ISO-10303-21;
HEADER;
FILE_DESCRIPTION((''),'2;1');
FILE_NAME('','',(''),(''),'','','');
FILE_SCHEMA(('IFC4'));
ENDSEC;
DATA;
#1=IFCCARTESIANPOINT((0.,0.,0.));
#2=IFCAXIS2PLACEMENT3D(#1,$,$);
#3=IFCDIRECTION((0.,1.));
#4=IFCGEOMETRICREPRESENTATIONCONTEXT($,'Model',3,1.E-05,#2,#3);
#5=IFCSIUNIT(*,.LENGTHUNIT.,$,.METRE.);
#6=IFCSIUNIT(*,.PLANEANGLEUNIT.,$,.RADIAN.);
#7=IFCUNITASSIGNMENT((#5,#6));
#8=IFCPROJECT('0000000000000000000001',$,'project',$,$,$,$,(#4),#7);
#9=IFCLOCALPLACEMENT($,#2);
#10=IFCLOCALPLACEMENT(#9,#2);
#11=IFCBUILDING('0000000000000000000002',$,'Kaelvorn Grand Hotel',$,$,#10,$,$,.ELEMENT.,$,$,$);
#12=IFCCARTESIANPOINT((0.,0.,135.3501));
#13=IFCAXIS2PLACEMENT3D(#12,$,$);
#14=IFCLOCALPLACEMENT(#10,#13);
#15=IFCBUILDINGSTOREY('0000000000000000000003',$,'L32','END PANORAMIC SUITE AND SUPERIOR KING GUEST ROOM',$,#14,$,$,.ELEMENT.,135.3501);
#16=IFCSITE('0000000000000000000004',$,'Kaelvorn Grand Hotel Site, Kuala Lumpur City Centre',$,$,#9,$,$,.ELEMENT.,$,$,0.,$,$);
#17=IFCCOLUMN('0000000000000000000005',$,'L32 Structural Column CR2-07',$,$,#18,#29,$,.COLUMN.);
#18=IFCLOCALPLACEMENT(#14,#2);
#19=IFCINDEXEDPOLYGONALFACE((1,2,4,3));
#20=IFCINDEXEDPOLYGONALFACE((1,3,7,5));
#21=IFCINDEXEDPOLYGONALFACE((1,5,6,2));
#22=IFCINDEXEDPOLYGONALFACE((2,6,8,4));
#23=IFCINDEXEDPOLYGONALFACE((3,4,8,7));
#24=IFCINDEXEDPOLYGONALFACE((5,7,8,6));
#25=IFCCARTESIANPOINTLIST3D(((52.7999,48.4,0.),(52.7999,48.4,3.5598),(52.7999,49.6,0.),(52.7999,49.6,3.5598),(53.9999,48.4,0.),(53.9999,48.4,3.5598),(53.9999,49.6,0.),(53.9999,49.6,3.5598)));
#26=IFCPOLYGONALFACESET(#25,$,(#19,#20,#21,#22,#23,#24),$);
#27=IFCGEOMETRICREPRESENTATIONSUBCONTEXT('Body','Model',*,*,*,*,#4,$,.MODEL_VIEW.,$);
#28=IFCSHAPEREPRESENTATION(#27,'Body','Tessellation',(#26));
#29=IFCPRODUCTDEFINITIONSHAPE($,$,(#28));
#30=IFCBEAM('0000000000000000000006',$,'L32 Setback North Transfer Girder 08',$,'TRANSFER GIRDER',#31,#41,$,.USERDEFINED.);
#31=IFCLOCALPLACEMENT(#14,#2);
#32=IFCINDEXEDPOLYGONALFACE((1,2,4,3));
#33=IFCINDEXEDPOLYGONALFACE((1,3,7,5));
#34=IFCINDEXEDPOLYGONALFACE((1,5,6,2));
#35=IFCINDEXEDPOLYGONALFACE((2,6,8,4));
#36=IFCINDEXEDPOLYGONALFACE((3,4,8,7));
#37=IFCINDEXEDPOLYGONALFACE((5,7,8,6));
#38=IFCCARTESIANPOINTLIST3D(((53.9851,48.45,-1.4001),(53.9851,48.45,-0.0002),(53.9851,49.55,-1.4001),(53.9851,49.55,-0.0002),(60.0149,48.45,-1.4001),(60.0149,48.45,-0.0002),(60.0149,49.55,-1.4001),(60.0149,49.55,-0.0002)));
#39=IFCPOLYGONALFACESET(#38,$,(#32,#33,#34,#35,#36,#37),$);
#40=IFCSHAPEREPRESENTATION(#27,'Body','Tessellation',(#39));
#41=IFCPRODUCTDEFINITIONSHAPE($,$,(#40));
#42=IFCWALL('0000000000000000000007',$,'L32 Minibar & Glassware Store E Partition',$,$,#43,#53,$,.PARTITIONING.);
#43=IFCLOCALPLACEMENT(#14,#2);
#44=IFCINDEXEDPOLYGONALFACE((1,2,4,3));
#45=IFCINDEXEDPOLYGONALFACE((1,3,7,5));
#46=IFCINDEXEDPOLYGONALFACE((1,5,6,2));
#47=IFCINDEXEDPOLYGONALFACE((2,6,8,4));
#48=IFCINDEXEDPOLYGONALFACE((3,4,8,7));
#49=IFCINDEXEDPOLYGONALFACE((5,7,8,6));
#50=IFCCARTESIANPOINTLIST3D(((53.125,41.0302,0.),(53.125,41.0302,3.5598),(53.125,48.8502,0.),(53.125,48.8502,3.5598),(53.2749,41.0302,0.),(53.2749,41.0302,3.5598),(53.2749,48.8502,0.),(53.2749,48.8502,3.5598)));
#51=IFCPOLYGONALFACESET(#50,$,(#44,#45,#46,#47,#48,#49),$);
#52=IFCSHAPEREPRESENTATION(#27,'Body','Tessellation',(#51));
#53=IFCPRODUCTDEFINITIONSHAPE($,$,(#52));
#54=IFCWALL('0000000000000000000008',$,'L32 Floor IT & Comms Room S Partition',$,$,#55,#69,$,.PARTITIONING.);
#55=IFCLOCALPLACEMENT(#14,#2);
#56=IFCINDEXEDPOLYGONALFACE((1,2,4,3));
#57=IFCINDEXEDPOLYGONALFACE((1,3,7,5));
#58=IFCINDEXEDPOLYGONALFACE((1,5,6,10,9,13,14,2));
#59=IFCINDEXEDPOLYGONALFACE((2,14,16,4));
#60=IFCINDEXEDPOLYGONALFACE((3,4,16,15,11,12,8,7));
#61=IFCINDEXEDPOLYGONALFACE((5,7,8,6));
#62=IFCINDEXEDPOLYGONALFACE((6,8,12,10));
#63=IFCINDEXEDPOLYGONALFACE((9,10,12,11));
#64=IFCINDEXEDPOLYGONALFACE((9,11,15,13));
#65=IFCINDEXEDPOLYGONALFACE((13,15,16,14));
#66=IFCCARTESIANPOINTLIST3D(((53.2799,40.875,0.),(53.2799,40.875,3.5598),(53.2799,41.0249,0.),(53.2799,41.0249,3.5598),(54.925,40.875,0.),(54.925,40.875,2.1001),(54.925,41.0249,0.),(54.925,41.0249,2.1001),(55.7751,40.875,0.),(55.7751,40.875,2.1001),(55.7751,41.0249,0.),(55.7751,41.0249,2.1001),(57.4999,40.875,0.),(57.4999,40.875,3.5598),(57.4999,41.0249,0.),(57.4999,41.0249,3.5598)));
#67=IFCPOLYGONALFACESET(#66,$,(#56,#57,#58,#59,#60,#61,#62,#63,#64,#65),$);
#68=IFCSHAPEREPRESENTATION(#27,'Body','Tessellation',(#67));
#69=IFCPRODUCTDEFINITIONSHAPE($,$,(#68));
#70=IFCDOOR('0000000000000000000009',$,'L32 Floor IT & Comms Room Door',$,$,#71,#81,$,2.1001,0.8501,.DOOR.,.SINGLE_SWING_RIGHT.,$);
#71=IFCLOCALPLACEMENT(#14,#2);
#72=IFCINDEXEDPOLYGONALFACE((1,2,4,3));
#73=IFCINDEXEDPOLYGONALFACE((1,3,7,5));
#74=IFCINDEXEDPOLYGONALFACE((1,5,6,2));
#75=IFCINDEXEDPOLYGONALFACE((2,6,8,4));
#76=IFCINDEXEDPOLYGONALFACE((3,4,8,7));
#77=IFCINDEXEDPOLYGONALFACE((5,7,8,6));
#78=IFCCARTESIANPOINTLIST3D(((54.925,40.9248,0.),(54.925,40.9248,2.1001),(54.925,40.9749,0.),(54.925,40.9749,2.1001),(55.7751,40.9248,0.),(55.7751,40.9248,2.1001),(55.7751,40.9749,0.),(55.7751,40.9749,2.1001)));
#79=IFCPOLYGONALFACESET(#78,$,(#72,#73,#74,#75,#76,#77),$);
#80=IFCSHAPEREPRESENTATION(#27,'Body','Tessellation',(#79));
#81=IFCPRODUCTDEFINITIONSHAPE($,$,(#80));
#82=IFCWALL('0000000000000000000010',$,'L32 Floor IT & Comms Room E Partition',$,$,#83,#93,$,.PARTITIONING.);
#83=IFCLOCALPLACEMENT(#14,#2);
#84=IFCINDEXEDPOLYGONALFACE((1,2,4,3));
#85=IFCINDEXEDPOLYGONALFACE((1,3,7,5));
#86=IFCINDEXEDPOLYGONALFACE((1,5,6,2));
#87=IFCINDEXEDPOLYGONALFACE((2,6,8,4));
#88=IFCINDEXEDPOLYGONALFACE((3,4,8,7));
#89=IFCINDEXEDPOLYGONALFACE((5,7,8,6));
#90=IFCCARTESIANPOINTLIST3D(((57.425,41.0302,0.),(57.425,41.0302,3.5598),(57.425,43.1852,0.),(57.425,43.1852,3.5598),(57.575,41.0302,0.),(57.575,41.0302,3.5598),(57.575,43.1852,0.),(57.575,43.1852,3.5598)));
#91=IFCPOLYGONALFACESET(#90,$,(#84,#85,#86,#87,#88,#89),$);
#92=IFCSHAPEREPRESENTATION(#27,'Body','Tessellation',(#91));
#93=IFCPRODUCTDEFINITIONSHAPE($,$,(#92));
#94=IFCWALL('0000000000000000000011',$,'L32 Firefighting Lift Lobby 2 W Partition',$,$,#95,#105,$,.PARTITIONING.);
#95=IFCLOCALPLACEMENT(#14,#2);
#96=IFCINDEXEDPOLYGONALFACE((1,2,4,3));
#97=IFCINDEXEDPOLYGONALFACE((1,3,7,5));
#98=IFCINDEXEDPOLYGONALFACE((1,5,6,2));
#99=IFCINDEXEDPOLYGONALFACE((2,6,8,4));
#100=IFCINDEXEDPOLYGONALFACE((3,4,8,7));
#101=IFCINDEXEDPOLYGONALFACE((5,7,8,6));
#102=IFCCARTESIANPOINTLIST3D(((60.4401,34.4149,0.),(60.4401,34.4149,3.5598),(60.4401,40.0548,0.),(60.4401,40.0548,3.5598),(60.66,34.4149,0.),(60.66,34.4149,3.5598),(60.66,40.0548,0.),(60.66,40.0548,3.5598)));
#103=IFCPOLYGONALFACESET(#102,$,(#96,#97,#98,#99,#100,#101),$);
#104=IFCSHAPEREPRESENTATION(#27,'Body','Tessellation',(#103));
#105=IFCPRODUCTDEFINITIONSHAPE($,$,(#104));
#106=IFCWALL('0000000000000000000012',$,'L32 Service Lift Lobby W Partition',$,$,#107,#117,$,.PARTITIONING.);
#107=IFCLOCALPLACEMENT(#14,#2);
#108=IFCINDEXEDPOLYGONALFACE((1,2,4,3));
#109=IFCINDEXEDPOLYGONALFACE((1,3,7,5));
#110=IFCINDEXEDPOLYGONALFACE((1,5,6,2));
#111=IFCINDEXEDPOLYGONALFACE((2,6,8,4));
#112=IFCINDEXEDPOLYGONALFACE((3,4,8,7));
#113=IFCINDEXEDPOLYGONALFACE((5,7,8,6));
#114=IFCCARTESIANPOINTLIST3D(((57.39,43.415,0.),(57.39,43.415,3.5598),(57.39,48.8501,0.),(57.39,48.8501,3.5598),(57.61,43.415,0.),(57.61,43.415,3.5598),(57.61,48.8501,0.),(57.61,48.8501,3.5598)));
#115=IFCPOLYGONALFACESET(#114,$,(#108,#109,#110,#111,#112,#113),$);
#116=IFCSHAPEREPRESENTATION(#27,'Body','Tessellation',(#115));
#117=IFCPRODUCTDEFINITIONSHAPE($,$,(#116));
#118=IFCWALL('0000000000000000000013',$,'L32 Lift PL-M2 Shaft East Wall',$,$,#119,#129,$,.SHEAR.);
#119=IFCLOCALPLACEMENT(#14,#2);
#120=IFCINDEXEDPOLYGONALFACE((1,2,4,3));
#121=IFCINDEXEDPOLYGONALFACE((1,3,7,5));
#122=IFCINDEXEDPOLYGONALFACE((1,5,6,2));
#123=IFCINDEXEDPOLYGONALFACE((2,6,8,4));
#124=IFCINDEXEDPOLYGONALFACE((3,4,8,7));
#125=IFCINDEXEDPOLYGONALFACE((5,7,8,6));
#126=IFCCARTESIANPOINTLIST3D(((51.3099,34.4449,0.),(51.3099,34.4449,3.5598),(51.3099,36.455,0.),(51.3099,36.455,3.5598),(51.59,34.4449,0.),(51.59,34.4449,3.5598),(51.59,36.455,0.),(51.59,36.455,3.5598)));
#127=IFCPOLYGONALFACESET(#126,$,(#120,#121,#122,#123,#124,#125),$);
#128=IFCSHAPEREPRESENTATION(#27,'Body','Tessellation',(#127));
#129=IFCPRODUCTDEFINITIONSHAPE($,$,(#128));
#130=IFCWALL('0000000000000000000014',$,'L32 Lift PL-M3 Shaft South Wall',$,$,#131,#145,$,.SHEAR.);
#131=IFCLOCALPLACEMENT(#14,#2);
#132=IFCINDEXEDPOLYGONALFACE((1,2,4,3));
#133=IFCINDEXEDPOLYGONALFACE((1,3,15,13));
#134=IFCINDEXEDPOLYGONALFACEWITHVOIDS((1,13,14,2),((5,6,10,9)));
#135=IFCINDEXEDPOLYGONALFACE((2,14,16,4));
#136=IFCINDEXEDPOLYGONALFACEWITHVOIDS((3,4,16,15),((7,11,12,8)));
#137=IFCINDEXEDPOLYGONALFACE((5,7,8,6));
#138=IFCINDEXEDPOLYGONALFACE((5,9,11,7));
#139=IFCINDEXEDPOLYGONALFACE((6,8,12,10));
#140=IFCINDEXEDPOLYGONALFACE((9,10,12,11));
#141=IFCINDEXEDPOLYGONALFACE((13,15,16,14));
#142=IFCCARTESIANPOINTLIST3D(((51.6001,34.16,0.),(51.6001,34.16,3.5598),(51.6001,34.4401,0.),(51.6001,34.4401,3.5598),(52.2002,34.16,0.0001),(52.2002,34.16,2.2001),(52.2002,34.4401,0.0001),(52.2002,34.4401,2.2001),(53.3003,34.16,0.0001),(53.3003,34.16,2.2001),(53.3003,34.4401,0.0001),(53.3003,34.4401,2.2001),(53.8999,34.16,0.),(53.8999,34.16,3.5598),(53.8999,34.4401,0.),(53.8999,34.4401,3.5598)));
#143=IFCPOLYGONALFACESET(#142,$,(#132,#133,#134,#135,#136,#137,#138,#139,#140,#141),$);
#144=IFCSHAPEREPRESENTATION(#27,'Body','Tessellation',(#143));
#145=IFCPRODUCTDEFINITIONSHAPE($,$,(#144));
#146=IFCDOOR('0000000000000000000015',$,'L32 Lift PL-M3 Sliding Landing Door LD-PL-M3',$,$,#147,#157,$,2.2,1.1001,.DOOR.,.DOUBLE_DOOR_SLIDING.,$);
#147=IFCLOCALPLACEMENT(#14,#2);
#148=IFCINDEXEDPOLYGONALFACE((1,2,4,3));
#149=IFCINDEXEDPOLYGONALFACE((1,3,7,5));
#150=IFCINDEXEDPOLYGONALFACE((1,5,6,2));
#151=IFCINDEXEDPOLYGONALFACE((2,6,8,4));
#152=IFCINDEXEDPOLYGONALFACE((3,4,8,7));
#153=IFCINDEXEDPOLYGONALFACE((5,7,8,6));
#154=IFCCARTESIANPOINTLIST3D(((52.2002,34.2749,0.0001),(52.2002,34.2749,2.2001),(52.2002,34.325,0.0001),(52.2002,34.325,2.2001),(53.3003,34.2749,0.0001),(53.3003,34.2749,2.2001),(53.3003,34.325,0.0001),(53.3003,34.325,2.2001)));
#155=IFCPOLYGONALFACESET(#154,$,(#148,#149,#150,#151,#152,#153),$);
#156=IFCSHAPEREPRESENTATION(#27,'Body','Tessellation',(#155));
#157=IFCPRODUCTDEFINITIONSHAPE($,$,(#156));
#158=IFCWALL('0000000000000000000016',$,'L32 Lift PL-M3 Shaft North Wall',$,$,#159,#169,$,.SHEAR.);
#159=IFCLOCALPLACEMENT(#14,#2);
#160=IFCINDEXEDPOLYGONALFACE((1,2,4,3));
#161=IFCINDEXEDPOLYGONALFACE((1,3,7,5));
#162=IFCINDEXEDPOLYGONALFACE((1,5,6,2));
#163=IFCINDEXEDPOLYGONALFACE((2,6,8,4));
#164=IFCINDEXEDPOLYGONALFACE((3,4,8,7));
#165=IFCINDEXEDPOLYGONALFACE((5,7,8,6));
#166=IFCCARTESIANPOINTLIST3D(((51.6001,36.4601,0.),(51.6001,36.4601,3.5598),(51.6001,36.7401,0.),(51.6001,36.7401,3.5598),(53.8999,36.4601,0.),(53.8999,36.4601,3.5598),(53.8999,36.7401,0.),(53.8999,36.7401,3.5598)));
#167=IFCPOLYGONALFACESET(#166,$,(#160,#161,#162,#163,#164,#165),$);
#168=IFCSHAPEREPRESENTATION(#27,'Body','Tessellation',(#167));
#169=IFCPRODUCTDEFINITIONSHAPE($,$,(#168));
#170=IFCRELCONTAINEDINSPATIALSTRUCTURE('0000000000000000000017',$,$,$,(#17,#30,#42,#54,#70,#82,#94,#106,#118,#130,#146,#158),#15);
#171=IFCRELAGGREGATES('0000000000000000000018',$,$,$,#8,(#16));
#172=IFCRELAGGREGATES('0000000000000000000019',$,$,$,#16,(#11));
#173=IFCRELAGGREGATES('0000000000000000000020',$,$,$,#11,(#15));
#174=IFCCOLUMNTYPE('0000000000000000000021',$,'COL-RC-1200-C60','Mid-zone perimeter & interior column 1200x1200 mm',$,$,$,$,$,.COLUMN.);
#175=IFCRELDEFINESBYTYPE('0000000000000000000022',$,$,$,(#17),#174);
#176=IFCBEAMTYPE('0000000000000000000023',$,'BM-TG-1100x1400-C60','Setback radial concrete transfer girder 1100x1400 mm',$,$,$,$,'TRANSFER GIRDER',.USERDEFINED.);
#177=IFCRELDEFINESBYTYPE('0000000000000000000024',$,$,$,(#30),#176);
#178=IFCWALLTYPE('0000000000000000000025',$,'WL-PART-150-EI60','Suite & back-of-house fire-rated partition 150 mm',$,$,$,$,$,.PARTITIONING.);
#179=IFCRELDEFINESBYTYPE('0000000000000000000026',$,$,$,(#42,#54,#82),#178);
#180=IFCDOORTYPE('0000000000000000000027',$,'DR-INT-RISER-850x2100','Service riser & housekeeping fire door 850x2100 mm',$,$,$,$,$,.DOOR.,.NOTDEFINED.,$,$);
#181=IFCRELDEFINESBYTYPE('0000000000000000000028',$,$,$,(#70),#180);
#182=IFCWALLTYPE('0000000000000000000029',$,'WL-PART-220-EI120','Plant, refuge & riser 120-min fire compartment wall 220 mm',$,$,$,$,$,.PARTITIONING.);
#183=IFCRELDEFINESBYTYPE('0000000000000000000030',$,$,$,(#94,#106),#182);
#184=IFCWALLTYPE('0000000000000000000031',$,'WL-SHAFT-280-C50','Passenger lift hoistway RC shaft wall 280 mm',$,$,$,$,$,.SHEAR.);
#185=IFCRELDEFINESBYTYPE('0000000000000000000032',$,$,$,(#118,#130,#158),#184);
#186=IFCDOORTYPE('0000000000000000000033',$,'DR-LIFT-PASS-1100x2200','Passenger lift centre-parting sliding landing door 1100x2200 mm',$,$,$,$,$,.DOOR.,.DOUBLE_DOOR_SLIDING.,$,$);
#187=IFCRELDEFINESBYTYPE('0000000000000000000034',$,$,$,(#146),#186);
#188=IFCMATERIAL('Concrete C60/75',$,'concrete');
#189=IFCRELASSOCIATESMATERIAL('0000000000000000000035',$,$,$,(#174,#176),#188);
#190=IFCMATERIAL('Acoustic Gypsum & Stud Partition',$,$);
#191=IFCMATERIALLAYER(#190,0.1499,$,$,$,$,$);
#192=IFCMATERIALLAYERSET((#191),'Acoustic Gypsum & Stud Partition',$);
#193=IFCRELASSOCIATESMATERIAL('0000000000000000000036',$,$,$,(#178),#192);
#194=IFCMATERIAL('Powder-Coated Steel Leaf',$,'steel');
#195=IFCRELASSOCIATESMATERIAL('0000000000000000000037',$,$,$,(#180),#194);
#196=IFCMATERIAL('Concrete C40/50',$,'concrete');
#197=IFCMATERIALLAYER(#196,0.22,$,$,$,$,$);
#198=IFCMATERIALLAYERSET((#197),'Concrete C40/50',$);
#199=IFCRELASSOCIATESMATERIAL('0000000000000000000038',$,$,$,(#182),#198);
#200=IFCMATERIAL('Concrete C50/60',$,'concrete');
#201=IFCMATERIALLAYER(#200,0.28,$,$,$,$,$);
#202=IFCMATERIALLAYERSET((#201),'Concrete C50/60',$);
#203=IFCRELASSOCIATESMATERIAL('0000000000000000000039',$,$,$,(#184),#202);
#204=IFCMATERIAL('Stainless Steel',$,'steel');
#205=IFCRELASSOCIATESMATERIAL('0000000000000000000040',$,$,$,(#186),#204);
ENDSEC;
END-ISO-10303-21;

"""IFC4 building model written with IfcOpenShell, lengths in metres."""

from ifc_helpers import new_model, si_unit, direction, frame, frame_2d, origin, origin_2d, place, context, subcontext, project, spatial, rectangle, extrude, material, layer, layer_set, material_profile, profile_set, type_object, element, fill, save


model = new_model("IFC4")

# Units and contexts
model_context = context("Model", 3, precision=1e-05, world=origin(), true_north=direction((0.0, 1.0)))
body_context = subcontext(model_context, "Body", "Model", "MODEL_VIEW")
ifc_project = project(units=[si_unit("LENGTHUNIT", "METRE"), si_unit("PLANEANGLEUNIT", "RADIAN")], contexts=[model_context])

# Site, building, storey
site_placement = place(None, origin())
site = spatial("IfcSite", under=ifc_project, at=site_placement, Name="Kaelvorn Grand Hotel Site, Kuala Lumpur City Centre", CompositionType="ELEMENT", RefElevation=0.0)
building_placement = place(site_placement, origin())
building = spatial("IfcBuilding", under=site, at=building_placement, Name="Kaelvorn Grand Hotel", CompositionType="ELEMENT")
storey_placement = place(building_placement, frame((0.0, 0.0, 135.3501)))
storey = spatial("IfcBuildingStorey", under=building, at=storey_placement, Name="L32", Description="END PANORAMIC SUITE AND SUPERIOR KING GUEST ROOM", CompositionType="ELEMENT", Elevation=135.3501)

# Column
ifc_material_1 = material(Name="Concrete C60/75", Category="concrete")
ifc_material_profile_1 = material_profile(ifc_material_1, rectangle(XDim=1.2, YDim=1.2, at=origin_2d()), Name="RC COL 1200x1200")
ifc_profile_set_1 = profile_set([ifc_material_profile_1], Name="Concrete C60/75")
column_type = type_object("IfcColumnType", Name="COL-RC-1200-C60", Description="Mid-zone perimeter & interior column 1200x1200 mm", PredefinedType="COLUMN", material=ifc_profile_set_1)
column_placement = place(storey_placement, frame((53.3999, 49.0, 0.0), z_axis=(0.0, 0.0, 1.0), x_axis=(1.0, 0.0, 0.0)))
element("IfcColumn", 1, at=column_placement, inside=storey, type_object=column_type, Name="L32 Structural Column CR2-07", PredefinedType="COLUMN", context=body_context, shape_type="SweptSolid", body=[
    extrude(rectangle(XDim=1.2, YDim=1.2, at=origin_2d()), origin(), (0.0, 0.0, 1.0), 3.5598),
])

# Beam
ifc_material_profile_2 = material_profile(ifc_material_1, rectangle(XDim=1.1001, YDim=1.3999, at=origin_2d()), Name="RC TG 1100x1400")
ifc_profile_set_2 = profile_set([ifc_material_profile_2], Name="Concrete C60/75")
beam_type = type_object("IfcBeamType", Name="BM-TG-1100x1400-C60", Description="Setback radial concrete transfer girder 1100x1400 mm", ElementType="TRANSFER GIRDER", PredefinedType="USERDEFINED", material=ifc_profile_set_2)
beam_placement = place(storey_placement, frame((53.9851, 49.0, -0.7002), z_axis=(1.0, 0.0, 0.0), x_axis=(0.0, 1.0, 0.0)))
element("IfcBeam", 2, at=beam_placement, inside=storey, type_object=beam_type, Name="L32 Setback North Transfer Girder 08", ObjectType="TRANSFER GIRDER", PredefinedType="USERDEFINED", context=body_context, shape_type="SweptSolid", body=[
    extrude(rectangle(XDim=1.1001, YDim=1.3999, at=origin_2d()), origin(), (0.0, 0.0, 1.0), 6.0298),
])

# Wall
ifc_material_2 = material(Name="Acoustic Gypsum & Stud Partition")
ifc_layer_1 = layer(ifc_material_2, 0.1499)
ifc_layer_set_1 = layer_set([ifc_layer_1], Name="Acoustic Gypsum & Stud Partition")
wall_type_1 = type_object("IfcWallType", Name="WL-PART-150-EI60", Description="Suite & back-of-house fire-rated partition 150 mm", PredefinedType="PARTITIONING", material=ifc_layer_set_1)
wall_1_placement = place(storey_placement, frame((53.2, 41.03, 0.0), z_axis=(0.0, 0.0, 1.0), x_axis=(0.0, 1.0, 0.0)))
element("IfcWall", 3, at=wall_1_placement, inside=storey, type_object=wall_type_1, Name="L32 Minibar & Glassware Store E Partition", PredefinedType="PARTITIONING", context=body_context, shape_type="SweptSolid", body=[
    extrude(rectangle(XDim=7.8201, YDim=0.1499, at=frame_2d((3.9102, 0.0))), origin(), (0.0, 0.0, 1.0), 3.5598),
])

# Wall, opening, door
wall_2_placement = place(storey_placement, frame((53.28, 40.95, 0.0), z_axis=(0.0, 0.0, 1.0), x_axis=(1.0, 0.0, 0.0)))
wall_2 = element("IfcWall", 4, at=wall_2_placement, inside=storey, type_object=wall_type_1, Name="L32 Floor IT & Comms Room S Partition", PredefinedType="PARTITIONING", context=body_context, shape_type="SweptSolid", body=[
    extrude(rectangle(XDim=4.22, YDim=0.1499, at=frame_2d((2.1099, 0.0))), origin(), (0.0, 0.0, 1.0), 3.5598),
])
opening_1_placement = place(wall_2_placement, frame((1.645, 0.0, 0.0)))
opening_1 = element("IfcOpeningElement", 5, at=opening_1_placement, cuts=wall_2, PredefinedType="OPENING", context=body_context, shape_type="SweptSolid", body=[
    extrude(rectangle(XDim=0.8501, YDim=2.1001, at=frame_2d((0.425, 1.05))), frame((0.0, 0.085, 0.0), z_axis=(0.0, -1.0, 0.0), x_axis=(1.0, 0.0, 0.0)), (0.0, 0.0, 1.0), 0.1699),
])
ifc_material_3 = material(Name="Powder-Coated Steel Leaf", Category="steel")
door_type_1 = type_object("IfcDoorType", Name="DR-INT-RISER-850x2100", Description="Service riser & housekeeping fire door 850x2100 mm", OperationType="NOTDEFINED", PredefinedType="DOOR", material=ifc_material_3)
door_1_placement = place(opening_1_placement, origin())
door_1 = element("IfcDoor", 6, at=door_1_placement, inside=storey, type_object=door_type_1, Name="L32 Floor IT & Comms Room Door", OperationType="SINGLE_SWING_RIGHT", OverallHeight=2.1001, OverallWidth=0.8501, PredefinedType="DOOR", context=body_context, shape_type="SweptSolid", body=[
    extrude(rectangle(XDim=0.8501, YDim=2.1001, at=frame_2d((0.425, 1.05))), frame((0.0, 0.0249, 0.0), z_axis=(0.0, -1.0, 0.0), x_axis=(1.0, 0.0, 0.0)), (0.0, 0.0, 1.0), 0.05),
])
fill(opening_1, door_1)

# Wall
wall_3_placement = place(storey_placement, frame((57.5, 41.03, 0.0), z_axis=(0.0, 0.0, 1.0), x_axis=(0.0, 1.0, 0.0)))
element("IfcWall", 7, at=wall_3_placement, inside=storey, type_object=wall_type_1, Name="L32 Floor IT & Comms Room E Partition", PredefinedType="PARTITIONING", context=body_context, shape_type="SweptSolid", body=[
    extrude(rectangle(XDim=2.155, YDim=0.1499, at=frame_2d((1.0776, 0.0))), origin(), (0.0, 0.0, 1.0), 3.5598),
])

# Shared definitions
ifc_material_4 = material(Name="Concrete C40/50", Category="concrete")
ifc_layer_2 = layer(ifc_material_4, 0.22)
ifc_layer_set_2 = layer_set([ifc_layer_2], Name="Concrete C40/50")
wall_type_2 = type_object("IfcWallType", Name="WL-PART-220-EI120", Description="Plant, refuge & riser 120-min fire compartment wall 220 mm", PredefinedType="PARTITIONING", material=ifc_layer_set_2)

# Wall
wall_4_placement = place(storey_placement, frame((60.55, 34.415, 0.0), z_axis=(0.0, 0.0, 1.0), x_axis=(0.0, 1.0, 0.0)))
element("IfcWall", 8, at=wall_4_placement, inside=storey, type_object=wall_type_2, Name="L32 Firefighting Lift Lobby 2 W Partition", PredefinedType="PARTITIONING", context=body_context, shape_type="SweptSolid", body=[
    extrude(rectangle(XDim=5.6399, YDim=0.22, at=frame_2d((2.8198, 0.0))), origin(), (0.0, 0.0, 1.0), 3.5598),
])

# Walls
wall_5_placement = place(storey_placement, frame((57.5, 43.415, 0.0), z_axis=(0.0, 0.0, 1.0), x_axis=(0.0, 1.0, 0.0)))
element("IfcWall", 9, at=wall_5_placement, inside=storey, type_object=wall_type_2, Name="L32 Service Lift Lobby W Partition", PredefinedType="PARTITIONING", context=body_context, shape_type="SweptSolid", body=[
    extrude(rectangle(XDim=5.4351, YDim=0.22, at=frame_2d((2.7175, 0.0))), origin(), (0.0, 0.0, 1.0), 3.5598),
])
ifc_material_5 = material(Name="Concrete C50/60", Category="concrete")
ifc_layer_3 = layer(ifc_material_5, 0.28)
ifc_layer_set_3 = layer_set([ifc_layer_3], Name="Concrete C50/60")
wall_type_3 = type_object("IfcWallType", Name="WL-SHAFT-280-C50", Description="Passenger lift hoistway RC shaft wall 280 mm", PredefinedType="SHEAR", material=ifc_layer_set_3)
wall_6_placement = place(storey_placement, frame((51.45, 34.4451, 0.0), z_axis=(0.0, 0.0, 1.0), x_axis=(0.0, 1.0, 0.0)))
element("IfcWall", 10, at=wall_6_placement, inside=storey, type_object=wall_type_3, Name="L32 Lift PL-M2 Shaft East Wall", PredefinedType="SHEAR", context=body_context, shape_type="SweptSolid", body=[
    extrude(rectangle(XDim=2.01, YDim=0.28, at=frame_2d((1.0049, 0.0))), origin(), (0.0, 0.0, 1.0), 3.5598),
])

# Wall, opening, door
wall_7_placement = place(storey_placement, frame((51.6001, 34.3, 0.0), z_axis=(0.0, 0.0, 1.0), x_axis=(1.0, 0.0, 0.0)))
wall_7 = element("IfcWall", 11, at=wall_7_placement, inside=storey, type_object=wall_type_3, Name="L32 Lift PL-M3 Shaft South Wall", PredefinedType="SHEAR", context=body_context, shape_type="SweptSolid", body=[
    extrude(rectangle(XDim=2.2998, YDim=0.28, at=frame_2d((1.1499, 0.0))), origin(), (0.0, 0.0, 1.0), 3.5598),
])
opening_2_placement = place(wall_7_placement, frame((0.6001, 0.0, 0.0)))
opening_2 = element("IfcOpeningElement", 12, at=opening_2_placement, cuts=wall_7, PredefinedType="OPENING", context=body_context, shape_type="SweptSolid", body=[
    extrude(rectangle(XDim=1.1001, YDim=2.2, at=frame_2d((0.55, 1.1001))), frame((0.0, 0.1499, 0.0), z_axis=(0.0, -1.0, 0.0), x_axis=(1.0, 0.0, 0.0)), (0.0, 0.0, 1.0), 0.3),
])
ifc_material_6 = material(Name="Stainless Steel", Category="steel")
door_type_2 = type_object("IfcDoorType", Name="DR-LIFT-PASS-1100x2200", Description="Passenger lift centre-parting sliding landing door 1100x2200 mm", OperationType="DOUBLE_DOOR_SLIDING", PredefinedType="DOOR", material=ifc_material_6)
door_2_placement = place(opening_2_placement, origin())
door_2 = element("IfcDoor", 13, at=door_2_placement, inside=storey, type_object=door_type_2, Name="L32 Lift PL-M3 Sliding Landing Door LD-PL-M3", OperationType="DOUBLE_DOOR_SLIDING", OverallHeight=2.2, OverallWidth=1.1001, PredefinedType="DOOR", context=body_context, shape_type="SweptSolid", body=[
    extrude(rectangle(XDim=1.1001, YDim=2.2, at=frame_2d((0.55, 1.1001))), frame((0.0, 0.0249, 0.0), z_axis=(0.0, -1.0, 0.0), x_axis=(1.0, 0.0, 0.0)), (0.0, 0.0, 1.0), 0.05),
])
fill(opening_2, door_2)

# Wall
wall_8_placement = place(storey_placement, frame((51.6001, 36.6001, 0.0), z_axis=(0.0, 0.0, 1.0), x_axis=(1.0, 0.0, 0.0)))
element("IfcWall", 14, at=wall_8_placement, inside=storey, type_object=wall_type_3, Name="L32 Lift PL-M3 Shaft North Wall", PredefinedType="SHEAR", context=body_context, shape_type="SweptSolid", body=[
    extrude(rectangle(XDim=2.2998, YDim=0.28, at=frame_2d((1.1499, 0.0))), origin(), (0.0, 0.0, 1.0), 3.5598),
])

save(model, "model.ifc")
